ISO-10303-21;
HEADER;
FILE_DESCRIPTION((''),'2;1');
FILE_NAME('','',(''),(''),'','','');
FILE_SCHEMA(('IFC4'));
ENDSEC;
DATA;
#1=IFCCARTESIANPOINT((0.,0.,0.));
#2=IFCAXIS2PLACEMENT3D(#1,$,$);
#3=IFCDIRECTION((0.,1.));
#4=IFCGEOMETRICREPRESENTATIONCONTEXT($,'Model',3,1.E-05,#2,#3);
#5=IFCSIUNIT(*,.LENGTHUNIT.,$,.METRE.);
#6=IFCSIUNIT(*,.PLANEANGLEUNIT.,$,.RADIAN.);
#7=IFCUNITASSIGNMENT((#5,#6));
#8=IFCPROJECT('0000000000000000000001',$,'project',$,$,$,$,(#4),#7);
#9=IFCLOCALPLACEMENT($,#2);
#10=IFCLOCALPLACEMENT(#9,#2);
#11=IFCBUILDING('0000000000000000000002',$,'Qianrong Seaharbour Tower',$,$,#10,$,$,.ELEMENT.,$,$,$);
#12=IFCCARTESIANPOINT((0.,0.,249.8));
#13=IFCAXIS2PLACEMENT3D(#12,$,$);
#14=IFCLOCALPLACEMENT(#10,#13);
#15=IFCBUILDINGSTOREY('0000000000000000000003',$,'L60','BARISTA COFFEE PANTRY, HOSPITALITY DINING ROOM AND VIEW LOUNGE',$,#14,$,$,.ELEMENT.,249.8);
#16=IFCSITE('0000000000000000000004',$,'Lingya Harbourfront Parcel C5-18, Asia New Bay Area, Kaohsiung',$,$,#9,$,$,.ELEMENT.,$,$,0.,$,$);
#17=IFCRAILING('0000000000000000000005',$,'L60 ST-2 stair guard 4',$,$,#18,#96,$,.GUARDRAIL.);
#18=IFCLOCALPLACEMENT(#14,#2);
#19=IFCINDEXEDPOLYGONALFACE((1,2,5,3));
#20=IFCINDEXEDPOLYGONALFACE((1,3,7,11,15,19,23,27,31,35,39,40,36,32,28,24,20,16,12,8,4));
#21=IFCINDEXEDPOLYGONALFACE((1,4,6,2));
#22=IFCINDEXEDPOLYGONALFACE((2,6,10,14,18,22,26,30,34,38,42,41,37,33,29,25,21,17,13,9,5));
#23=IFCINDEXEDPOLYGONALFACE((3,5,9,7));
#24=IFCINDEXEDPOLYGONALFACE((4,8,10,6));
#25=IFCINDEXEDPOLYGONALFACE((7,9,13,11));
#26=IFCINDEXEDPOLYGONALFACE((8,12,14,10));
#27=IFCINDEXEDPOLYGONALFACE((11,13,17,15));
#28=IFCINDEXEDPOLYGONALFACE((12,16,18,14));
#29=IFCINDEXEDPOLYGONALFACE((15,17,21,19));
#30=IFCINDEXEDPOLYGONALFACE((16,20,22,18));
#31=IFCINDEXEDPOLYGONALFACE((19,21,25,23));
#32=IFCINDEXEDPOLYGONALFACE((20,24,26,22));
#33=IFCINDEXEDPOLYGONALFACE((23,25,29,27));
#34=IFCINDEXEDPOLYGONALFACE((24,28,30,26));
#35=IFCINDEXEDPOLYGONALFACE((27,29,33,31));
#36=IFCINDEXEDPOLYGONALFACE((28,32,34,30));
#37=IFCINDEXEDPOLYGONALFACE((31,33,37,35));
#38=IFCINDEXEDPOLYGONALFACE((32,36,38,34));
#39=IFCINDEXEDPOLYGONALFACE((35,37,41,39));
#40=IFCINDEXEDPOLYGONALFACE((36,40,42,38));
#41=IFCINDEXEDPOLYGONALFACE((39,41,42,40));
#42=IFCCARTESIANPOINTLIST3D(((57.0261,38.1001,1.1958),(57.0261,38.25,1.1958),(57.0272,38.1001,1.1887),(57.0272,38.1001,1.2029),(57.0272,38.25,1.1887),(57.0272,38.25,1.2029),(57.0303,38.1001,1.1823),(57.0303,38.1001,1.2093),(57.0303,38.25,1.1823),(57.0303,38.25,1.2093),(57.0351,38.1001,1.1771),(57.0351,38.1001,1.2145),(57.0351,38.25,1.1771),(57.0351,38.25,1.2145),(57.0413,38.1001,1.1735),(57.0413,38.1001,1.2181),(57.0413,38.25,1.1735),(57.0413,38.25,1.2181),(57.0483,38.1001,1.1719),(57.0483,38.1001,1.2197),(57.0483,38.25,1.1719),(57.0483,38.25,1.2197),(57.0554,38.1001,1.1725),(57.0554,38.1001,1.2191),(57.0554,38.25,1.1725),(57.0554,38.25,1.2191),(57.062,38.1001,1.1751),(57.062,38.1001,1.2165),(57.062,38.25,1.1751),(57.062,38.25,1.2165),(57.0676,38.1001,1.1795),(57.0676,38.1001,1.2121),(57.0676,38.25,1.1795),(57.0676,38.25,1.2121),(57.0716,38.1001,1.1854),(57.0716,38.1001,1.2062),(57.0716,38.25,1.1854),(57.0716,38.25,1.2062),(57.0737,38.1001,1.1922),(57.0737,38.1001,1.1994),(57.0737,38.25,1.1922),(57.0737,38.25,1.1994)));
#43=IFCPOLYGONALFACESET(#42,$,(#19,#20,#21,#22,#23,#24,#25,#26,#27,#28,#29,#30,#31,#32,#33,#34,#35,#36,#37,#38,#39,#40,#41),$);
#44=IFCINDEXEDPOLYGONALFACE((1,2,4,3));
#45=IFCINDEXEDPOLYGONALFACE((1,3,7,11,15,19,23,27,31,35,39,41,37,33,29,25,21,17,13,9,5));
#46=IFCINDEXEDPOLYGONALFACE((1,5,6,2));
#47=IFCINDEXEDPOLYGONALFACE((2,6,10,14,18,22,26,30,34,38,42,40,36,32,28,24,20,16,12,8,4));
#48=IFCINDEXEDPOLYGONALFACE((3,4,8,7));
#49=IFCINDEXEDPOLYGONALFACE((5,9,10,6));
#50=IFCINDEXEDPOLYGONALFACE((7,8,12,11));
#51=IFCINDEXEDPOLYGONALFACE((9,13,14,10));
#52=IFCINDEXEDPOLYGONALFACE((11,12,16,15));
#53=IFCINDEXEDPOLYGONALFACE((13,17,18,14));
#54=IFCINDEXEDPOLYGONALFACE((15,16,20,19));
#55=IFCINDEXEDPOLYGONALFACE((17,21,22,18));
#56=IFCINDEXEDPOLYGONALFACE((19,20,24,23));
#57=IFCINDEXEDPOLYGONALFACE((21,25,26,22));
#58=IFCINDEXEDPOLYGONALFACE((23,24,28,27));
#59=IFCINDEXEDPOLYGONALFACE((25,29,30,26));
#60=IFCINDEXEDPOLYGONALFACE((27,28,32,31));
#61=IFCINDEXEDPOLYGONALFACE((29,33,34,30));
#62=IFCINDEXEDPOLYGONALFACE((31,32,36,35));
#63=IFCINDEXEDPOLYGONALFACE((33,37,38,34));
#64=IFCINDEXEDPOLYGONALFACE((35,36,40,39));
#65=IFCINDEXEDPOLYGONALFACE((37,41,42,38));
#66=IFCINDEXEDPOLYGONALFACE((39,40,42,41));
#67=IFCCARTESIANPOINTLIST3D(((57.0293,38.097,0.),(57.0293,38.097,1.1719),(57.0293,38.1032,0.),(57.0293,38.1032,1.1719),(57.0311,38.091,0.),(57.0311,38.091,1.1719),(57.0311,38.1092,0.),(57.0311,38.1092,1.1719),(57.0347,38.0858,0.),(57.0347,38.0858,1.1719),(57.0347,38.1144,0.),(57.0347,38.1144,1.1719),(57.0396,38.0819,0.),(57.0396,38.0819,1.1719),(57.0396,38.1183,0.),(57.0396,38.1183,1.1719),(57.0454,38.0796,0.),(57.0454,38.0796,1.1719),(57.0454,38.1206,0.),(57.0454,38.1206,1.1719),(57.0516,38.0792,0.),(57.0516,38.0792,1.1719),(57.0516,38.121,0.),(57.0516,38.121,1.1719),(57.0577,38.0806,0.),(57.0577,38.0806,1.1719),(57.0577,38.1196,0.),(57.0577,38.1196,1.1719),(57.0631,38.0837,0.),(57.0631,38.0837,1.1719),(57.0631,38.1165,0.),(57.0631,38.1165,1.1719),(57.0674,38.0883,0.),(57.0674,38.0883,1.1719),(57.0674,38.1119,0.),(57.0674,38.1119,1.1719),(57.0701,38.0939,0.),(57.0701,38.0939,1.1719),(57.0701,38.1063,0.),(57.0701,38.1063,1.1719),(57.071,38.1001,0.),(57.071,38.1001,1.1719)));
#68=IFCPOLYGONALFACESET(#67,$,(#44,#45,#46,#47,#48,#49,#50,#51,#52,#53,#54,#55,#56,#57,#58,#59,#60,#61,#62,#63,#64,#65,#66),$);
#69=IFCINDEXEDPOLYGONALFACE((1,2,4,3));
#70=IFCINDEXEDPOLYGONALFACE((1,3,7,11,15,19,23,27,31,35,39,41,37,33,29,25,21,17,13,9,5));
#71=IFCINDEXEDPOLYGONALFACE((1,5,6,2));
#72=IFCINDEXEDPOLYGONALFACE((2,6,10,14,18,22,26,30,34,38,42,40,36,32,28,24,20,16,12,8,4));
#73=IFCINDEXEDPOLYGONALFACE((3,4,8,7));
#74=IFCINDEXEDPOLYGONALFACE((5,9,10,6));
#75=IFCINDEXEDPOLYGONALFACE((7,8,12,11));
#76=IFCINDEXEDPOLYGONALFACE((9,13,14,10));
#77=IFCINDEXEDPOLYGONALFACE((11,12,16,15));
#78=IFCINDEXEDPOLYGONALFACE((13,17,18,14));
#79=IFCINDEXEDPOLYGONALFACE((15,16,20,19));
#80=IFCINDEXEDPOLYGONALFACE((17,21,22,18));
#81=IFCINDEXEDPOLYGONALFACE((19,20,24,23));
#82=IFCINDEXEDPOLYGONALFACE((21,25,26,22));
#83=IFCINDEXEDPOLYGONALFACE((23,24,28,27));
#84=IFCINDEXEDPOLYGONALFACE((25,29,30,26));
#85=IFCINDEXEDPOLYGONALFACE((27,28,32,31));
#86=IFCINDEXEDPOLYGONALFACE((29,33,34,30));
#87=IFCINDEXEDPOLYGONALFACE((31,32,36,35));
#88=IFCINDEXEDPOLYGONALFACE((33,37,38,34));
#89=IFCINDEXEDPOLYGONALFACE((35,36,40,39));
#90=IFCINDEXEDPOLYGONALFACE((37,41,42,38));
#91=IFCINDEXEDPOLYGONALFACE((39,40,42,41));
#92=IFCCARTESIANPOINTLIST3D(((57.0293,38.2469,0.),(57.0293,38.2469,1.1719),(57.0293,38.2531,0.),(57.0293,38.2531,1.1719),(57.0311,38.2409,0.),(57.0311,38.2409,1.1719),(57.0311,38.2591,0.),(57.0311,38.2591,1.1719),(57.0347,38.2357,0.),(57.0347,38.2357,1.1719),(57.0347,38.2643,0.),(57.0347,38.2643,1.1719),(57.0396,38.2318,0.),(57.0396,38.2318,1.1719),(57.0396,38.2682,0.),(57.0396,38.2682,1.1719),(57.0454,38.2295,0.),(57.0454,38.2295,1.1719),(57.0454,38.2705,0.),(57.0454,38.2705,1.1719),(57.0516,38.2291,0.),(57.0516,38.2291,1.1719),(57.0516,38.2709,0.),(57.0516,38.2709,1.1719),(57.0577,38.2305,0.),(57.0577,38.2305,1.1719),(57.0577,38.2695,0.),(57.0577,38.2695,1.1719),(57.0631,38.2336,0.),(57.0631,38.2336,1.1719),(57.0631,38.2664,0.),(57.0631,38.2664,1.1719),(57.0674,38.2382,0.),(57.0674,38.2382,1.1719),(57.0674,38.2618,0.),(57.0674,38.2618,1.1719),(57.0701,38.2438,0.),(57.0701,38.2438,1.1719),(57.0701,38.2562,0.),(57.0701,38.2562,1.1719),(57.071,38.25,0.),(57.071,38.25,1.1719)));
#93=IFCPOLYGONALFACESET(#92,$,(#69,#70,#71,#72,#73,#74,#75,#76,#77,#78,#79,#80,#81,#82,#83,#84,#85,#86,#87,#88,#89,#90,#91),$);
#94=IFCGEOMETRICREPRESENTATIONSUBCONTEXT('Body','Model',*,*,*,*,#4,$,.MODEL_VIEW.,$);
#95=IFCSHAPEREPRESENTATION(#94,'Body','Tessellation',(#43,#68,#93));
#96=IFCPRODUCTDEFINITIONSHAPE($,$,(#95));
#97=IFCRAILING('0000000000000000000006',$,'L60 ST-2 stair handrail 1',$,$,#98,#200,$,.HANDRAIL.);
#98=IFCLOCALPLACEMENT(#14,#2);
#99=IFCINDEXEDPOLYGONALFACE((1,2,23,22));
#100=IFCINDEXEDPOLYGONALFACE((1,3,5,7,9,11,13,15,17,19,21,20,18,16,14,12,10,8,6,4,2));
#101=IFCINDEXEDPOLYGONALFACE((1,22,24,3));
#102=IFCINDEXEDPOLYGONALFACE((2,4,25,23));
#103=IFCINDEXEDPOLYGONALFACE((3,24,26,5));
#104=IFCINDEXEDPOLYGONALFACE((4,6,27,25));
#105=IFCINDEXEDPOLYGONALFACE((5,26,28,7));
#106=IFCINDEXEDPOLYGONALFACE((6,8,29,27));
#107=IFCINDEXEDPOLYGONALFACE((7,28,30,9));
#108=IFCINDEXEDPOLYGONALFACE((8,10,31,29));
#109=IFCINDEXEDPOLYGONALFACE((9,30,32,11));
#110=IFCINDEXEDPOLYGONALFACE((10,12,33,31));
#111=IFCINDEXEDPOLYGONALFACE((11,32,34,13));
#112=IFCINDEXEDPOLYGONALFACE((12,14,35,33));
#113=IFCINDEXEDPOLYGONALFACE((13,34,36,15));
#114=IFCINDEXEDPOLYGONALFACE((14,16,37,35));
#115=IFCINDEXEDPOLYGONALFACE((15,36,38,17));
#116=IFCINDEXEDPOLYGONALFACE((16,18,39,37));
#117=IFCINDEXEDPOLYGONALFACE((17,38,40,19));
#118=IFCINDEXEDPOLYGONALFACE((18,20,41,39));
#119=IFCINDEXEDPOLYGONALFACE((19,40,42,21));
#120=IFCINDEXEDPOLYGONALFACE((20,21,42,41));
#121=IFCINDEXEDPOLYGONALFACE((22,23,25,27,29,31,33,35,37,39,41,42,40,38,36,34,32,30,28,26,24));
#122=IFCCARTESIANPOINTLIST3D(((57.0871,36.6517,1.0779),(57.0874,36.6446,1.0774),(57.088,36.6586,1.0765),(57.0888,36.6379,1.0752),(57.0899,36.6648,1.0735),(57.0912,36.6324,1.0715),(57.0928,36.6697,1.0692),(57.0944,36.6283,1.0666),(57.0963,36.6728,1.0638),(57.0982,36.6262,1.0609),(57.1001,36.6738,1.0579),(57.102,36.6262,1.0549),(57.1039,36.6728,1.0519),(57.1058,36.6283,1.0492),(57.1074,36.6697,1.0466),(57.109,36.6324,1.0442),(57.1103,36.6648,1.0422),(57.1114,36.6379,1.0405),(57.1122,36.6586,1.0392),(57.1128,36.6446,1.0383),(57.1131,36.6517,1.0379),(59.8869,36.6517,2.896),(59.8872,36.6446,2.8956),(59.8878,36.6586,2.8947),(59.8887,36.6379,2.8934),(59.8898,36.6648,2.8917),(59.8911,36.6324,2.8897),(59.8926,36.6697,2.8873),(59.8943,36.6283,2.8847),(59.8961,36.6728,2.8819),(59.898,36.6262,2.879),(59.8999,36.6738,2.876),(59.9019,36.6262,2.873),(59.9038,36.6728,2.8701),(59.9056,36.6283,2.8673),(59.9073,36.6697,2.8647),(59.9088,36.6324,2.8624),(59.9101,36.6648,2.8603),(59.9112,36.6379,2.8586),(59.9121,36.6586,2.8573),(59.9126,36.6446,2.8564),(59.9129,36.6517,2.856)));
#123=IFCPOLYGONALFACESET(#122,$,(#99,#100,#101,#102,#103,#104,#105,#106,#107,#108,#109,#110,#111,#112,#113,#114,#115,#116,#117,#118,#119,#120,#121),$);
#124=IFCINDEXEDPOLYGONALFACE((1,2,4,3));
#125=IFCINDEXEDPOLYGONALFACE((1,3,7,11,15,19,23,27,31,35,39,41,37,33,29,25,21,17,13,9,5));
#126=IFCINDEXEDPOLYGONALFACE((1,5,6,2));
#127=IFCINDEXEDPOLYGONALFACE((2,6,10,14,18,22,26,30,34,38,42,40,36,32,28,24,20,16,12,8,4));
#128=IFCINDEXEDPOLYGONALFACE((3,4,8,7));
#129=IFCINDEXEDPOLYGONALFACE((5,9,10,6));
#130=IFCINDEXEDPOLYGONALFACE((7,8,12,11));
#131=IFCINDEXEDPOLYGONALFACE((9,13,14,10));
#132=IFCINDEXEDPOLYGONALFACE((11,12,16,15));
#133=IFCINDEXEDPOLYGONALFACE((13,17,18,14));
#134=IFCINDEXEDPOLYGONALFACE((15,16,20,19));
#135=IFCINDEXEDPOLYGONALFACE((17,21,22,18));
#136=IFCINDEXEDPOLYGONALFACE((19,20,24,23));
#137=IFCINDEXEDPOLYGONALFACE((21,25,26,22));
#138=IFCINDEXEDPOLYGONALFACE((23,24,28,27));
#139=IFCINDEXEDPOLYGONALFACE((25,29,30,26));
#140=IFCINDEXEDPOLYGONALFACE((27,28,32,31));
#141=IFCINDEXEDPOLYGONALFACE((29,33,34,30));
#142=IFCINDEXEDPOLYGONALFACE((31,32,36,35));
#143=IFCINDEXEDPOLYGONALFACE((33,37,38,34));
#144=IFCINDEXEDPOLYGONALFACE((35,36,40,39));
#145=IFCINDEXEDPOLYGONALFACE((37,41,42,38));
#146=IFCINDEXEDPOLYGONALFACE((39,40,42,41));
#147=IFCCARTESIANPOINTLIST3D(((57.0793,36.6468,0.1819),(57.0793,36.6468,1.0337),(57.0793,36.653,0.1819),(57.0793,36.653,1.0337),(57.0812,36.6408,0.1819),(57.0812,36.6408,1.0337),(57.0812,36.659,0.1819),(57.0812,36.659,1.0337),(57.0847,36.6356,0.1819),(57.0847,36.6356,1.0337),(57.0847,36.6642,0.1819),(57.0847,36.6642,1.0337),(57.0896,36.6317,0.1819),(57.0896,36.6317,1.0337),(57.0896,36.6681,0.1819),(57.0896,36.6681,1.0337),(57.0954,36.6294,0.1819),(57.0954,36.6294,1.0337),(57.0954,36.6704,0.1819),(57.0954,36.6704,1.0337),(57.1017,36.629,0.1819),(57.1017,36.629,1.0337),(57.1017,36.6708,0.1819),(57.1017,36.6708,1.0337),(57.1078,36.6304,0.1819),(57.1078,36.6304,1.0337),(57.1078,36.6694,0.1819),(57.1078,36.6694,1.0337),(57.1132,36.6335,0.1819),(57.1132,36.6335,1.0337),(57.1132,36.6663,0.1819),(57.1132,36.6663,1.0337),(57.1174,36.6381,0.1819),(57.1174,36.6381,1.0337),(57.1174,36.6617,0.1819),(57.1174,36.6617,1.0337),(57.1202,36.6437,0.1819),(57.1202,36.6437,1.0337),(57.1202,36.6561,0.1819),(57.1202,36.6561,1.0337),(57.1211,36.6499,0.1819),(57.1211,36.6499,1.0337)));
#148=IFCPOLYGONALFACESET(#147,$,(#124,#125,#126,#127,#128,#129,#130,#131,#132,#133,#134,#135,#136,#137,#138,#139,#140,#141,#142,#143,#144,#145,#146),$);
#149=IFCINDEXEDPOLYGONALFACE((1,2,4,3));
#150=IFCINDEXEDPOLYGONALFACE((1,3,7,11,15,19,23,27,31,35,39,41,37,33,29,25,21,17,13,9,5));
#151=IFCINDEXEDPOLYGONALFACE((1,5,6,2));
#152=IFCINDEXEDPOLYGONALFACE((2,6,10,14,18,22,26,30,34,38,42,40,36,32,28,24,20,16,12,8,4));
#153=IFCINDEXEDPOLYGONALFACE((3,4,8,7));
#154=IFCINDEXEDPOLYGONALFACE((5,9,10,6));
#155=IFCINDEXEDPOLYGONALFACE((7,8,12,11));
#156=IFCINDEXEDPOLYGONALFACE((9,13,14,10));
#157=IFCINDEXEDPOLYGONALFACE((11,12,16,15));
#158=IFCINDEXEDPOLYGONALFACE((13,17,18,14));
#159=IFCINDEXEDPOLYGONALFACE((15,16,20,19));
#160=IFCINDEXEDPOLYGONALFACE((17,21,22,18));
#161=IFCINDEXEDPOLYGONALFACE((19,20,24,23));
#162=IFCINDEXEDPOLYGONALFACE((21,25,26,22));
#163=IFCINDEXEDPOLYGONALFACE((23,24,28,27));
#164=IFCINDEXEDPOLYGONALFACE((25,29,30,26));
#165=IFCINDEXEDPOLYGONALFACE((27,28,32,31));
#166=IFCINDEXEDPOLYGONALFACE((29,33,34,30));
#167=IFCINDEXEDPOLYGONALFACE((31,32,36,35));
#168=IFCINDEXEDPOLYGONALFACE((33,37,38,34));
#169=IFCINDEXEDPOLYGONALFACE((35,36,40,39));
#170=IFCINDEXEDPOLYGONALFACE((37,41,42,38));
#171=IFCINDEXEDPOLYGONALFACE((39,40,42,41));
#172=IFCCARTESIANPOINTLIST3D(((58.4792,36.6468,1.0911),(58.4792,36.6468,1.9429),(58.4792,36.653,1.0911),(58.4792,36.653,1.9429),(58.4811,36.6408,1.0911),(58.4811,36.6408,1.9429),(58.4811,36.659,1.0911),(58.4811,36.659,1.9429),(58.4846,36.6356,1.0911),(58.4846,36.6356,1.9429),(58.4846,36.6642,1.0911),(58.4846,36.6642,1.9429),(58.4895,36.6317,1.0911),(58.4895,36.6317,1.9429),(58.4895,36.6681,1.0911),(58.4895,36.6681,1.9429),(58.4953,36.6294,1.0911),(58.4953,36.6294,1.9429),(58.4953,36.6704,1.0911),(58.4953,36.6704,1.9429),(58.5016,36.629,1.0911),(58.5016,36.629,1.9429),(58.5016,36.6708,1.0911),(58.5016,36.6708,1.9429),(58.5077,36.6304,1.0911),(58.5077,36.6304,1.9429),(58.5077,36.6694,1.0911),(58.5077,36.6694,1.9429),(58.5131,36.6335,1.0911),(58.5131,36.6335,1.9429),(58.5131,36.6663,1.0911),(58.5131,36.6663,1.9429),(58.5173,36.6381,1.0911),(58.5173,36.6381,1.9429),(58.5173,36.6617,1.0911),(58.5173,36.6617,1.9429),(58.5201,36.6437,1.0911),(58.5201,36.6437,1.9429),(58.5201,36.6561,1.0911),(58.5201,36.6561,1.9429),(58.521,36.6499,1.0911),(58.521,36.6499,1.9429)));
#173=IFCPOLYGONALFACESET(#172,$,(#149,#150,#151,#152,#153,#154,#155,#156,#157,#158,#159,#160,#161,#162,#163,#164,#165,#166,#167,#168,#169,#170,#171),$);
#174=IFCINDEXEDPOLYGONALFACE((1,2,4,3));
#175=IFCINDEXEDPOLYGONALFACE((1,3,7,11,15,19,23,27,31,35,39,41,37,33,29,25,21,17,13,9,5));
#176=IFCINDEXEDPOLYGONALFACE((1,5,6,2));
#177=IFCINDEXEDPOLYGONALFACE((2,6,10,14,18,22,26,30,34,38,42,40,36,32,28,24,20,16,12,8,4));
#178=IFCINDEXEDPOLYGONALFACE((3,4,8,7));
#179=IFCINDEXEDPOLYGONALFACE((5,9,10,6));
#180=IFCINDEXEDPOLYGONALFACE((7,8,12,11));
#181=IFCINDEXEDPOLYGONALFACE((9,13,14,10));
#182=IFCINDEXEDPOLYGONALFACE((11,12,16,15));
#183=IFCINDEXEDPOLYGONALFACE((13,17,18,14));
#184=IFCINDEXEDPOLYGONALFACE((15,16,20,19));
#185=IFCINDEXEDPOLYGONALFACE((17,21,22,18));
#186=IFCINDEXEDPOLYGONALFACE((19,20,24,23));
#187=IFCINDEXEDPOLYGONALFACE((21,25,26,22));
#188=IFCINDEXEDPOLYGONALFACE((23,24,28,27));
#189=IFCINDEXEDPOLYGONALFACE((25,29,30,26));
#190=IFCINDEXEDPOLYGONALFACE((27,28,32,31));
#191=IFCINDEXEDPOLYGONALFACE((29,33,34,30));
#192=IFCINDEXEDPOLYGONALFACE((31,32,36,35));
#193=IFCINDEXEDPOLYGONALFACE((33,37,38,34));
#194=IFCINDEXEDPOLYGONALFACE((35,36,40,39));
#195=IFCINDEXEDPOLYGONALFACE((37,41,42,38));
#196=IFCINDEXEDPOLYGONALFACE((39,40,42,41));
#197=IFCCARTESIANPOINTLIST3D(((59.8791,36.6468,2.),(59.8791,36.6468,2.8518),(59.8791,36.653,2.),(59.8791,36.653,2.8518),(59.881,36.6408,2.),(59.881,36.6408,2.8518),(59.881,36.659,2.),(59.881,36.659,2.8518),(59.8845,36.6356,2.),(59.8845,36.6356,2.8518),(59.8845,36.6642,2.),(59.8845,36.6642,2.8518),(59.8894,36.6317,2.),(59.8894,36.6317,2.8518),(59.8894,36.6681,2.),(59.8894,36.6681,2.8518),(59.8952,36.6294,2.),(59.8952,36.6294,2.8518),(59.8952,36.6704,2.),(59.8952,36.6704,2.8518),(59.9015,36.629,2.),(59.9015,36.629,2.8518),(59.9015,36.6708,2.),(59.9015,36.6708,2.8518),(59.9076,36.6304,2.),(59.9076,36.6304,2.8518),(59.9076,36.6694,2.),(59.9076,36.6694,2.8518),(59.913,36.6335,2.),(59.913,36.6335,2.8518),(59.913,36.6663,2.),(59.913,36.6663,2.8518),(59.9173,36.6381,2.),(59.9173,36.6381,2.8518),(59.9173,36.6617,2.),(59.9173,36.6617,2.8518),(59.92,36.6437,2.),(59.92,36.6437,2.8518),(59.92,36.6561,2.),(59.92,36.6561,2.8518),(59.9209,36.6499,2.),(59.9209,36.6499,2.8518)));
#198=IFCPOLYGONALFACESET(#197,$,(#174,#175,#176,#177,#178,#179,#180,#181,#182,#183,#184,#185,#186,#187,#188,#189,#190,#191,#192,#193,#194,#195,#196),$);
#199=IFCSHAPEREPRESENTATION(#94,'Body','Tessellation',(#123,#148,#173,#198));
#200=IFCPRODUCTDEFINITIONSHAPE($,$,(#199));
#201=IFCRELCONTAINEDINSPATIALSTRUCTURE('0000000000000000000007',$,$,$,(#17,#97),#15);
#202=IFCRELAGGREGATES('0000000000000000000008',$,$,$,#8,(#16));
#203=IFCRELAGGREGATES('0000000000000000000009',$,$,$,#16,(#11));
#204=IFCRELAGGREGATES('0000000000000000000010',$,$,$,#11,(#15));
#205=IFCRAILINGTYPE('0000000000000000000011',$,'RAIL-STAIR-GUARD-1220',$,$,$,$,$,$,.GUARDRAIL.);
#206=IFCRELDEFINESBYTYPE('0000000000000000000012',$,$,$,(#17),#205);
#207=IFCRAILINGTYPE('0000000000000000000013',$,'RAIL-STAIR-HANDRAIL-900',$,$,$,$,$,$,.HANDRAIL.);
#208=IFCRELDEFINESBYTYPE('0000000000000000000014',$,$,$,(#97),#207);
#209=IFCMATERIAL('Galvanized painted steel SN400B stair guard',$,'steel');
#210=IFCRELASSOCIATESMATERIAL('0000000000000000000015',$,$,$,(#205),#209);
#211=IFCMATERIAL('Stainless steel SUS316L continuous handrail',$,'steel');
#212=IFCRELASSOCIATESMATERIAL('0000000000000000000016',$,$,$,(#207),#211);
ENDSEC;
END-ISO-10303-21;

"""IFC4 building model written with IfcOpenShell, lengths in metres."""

from ifc_helpers import new_model, si_unit, direction, frame, origin, origin_2d, place, context, subcontext, project, spatial, circle, extrude, material, type_object, element, save


model = new_model("IFC4")

# Units and contexts
model_context = context("Model", 3, precision=1e-05, world=origin(), true_north=direction((0.0, 1.0)))
body_context = subcontext(model_context, "Body", "Model", "MODEL_VIEW")
ifc_project = project(units=[si_unit("LENGTHUNIT", "METRE"), si_unit("PLANEANGLEUNIT", "RADIAN")], contexts=[model_context])

# Site, building, storey
site_placement = place(None, origin())
site = spatial("IfcSite", under=ifc_project, at=site_placement, Name="Lingya Harbourfront Parcel C5-18, Asia New Bay Area, Kaohsiung", CompositionType="ELEMENT", RefElevation=0.0)
building_placement = place(site_placement, origin())
building = spatial("IfcBuilding", under=site, at=building_placement, Name="Qianrong Seaharbour Tower", CompositionType="ELEMENT")
storey_placement = place(building_placement, frame((0.0, 0.0, 249.8)))
storey = spatial("IfcBuildingStorey", under=building, at=storey_placement, Name="L60", Description="BARISTA COFFEE PANTRY, HOSPITALITY DINING ROOM AND VIEW LOUNGE", CompositionType="ELEMENT", Elevation=249.8)

# Railings
ifc_material_1 = material(Name="Galvanized painted steel SN400B stair guard", Category="steel")
railing_type_1 = type_object("IfcRailingType", Name="RAIL-STAIR-GUARD-1220", PredefinedType="GUARDRAIL", material=ifc_material_1)
railing_1_placement = place(storey_placement, frame((57.05, 38.1001, 0.0)))
element("IfcRailing", 1, at=railing_1_placement, inside=storey, type_object=railing_type_1, Name="L60 ST-2 stair guard 4", PredefinedType="GUARDRAIL", context=body_context, shape_type="SweptSolid", body=[
    extrude(circle(Radius=0.0239, at=origin_2d()), frame((0.0, 0.0, 1.1958), z_axis=(0.0, 1.0, 0.0), x_axis=(-1.0, 0.0, 0.0)), (0.0, 0.0, 1.0), 0.1499),
    extrude(circle(Radius=0.021, at=origin_2d()), origin(), (0.0, 0.0, 1.0), 1.1719),
    extrude(circle(Radius=0.021, at=origin_2d()), frame((0.0, 0.1499, 0.0)), (0.0, 0.0, 1.0), 1.1719),
])
ifc_material_2 = material(Name="Stainless steel SUS316L continuous handrail", Category="steel")
railing_type_2 = type_object("IfcRailingType", Name="RAIL-STAIR-HANDRAIL-900", PredefinedType="HANDRAIL", material=ifc_material_2)
railing_2_placement = place(storey_placement, frame((57.1001, 36.6499, 0.1819)))
element("IfcRailing", 2, at=railing_2_placement, inside=storey, type_object=railing_type_2, Name="L60 ST-2 stair handrail 1", PredefinedType="HANDRAIL", context=body_context, shape_type="SweptSolid", body=[
    extrude(circle(Radius=0.0239, at=origin_2d()), frame((0.0, 0.0, 0.876), z_axis=(0.838684, 0.0, 0.544618), x_axis=(0.0, 1.0, 0.0)), (0.0, 0.0, 1.0), 3.3384),
    extrude(circle(Radius=0.021, at=origin_2d()), origin(), (0.0, 0.0, 1.0), 0.8518),
    extrude(circle(Radius=0.021, at=origin_2d()), frame((1.3999, 0.0, 0.9092)), (0.0, 0.0, 1.0), 0.8518),
    extrude(circle(Radius=0.021, at=origin_2d()), frame((2.7998, 0.0, 1.8181)), (0.0, 0.0, 1.0), 0.8518),
])

save(model, "model.ifc")
